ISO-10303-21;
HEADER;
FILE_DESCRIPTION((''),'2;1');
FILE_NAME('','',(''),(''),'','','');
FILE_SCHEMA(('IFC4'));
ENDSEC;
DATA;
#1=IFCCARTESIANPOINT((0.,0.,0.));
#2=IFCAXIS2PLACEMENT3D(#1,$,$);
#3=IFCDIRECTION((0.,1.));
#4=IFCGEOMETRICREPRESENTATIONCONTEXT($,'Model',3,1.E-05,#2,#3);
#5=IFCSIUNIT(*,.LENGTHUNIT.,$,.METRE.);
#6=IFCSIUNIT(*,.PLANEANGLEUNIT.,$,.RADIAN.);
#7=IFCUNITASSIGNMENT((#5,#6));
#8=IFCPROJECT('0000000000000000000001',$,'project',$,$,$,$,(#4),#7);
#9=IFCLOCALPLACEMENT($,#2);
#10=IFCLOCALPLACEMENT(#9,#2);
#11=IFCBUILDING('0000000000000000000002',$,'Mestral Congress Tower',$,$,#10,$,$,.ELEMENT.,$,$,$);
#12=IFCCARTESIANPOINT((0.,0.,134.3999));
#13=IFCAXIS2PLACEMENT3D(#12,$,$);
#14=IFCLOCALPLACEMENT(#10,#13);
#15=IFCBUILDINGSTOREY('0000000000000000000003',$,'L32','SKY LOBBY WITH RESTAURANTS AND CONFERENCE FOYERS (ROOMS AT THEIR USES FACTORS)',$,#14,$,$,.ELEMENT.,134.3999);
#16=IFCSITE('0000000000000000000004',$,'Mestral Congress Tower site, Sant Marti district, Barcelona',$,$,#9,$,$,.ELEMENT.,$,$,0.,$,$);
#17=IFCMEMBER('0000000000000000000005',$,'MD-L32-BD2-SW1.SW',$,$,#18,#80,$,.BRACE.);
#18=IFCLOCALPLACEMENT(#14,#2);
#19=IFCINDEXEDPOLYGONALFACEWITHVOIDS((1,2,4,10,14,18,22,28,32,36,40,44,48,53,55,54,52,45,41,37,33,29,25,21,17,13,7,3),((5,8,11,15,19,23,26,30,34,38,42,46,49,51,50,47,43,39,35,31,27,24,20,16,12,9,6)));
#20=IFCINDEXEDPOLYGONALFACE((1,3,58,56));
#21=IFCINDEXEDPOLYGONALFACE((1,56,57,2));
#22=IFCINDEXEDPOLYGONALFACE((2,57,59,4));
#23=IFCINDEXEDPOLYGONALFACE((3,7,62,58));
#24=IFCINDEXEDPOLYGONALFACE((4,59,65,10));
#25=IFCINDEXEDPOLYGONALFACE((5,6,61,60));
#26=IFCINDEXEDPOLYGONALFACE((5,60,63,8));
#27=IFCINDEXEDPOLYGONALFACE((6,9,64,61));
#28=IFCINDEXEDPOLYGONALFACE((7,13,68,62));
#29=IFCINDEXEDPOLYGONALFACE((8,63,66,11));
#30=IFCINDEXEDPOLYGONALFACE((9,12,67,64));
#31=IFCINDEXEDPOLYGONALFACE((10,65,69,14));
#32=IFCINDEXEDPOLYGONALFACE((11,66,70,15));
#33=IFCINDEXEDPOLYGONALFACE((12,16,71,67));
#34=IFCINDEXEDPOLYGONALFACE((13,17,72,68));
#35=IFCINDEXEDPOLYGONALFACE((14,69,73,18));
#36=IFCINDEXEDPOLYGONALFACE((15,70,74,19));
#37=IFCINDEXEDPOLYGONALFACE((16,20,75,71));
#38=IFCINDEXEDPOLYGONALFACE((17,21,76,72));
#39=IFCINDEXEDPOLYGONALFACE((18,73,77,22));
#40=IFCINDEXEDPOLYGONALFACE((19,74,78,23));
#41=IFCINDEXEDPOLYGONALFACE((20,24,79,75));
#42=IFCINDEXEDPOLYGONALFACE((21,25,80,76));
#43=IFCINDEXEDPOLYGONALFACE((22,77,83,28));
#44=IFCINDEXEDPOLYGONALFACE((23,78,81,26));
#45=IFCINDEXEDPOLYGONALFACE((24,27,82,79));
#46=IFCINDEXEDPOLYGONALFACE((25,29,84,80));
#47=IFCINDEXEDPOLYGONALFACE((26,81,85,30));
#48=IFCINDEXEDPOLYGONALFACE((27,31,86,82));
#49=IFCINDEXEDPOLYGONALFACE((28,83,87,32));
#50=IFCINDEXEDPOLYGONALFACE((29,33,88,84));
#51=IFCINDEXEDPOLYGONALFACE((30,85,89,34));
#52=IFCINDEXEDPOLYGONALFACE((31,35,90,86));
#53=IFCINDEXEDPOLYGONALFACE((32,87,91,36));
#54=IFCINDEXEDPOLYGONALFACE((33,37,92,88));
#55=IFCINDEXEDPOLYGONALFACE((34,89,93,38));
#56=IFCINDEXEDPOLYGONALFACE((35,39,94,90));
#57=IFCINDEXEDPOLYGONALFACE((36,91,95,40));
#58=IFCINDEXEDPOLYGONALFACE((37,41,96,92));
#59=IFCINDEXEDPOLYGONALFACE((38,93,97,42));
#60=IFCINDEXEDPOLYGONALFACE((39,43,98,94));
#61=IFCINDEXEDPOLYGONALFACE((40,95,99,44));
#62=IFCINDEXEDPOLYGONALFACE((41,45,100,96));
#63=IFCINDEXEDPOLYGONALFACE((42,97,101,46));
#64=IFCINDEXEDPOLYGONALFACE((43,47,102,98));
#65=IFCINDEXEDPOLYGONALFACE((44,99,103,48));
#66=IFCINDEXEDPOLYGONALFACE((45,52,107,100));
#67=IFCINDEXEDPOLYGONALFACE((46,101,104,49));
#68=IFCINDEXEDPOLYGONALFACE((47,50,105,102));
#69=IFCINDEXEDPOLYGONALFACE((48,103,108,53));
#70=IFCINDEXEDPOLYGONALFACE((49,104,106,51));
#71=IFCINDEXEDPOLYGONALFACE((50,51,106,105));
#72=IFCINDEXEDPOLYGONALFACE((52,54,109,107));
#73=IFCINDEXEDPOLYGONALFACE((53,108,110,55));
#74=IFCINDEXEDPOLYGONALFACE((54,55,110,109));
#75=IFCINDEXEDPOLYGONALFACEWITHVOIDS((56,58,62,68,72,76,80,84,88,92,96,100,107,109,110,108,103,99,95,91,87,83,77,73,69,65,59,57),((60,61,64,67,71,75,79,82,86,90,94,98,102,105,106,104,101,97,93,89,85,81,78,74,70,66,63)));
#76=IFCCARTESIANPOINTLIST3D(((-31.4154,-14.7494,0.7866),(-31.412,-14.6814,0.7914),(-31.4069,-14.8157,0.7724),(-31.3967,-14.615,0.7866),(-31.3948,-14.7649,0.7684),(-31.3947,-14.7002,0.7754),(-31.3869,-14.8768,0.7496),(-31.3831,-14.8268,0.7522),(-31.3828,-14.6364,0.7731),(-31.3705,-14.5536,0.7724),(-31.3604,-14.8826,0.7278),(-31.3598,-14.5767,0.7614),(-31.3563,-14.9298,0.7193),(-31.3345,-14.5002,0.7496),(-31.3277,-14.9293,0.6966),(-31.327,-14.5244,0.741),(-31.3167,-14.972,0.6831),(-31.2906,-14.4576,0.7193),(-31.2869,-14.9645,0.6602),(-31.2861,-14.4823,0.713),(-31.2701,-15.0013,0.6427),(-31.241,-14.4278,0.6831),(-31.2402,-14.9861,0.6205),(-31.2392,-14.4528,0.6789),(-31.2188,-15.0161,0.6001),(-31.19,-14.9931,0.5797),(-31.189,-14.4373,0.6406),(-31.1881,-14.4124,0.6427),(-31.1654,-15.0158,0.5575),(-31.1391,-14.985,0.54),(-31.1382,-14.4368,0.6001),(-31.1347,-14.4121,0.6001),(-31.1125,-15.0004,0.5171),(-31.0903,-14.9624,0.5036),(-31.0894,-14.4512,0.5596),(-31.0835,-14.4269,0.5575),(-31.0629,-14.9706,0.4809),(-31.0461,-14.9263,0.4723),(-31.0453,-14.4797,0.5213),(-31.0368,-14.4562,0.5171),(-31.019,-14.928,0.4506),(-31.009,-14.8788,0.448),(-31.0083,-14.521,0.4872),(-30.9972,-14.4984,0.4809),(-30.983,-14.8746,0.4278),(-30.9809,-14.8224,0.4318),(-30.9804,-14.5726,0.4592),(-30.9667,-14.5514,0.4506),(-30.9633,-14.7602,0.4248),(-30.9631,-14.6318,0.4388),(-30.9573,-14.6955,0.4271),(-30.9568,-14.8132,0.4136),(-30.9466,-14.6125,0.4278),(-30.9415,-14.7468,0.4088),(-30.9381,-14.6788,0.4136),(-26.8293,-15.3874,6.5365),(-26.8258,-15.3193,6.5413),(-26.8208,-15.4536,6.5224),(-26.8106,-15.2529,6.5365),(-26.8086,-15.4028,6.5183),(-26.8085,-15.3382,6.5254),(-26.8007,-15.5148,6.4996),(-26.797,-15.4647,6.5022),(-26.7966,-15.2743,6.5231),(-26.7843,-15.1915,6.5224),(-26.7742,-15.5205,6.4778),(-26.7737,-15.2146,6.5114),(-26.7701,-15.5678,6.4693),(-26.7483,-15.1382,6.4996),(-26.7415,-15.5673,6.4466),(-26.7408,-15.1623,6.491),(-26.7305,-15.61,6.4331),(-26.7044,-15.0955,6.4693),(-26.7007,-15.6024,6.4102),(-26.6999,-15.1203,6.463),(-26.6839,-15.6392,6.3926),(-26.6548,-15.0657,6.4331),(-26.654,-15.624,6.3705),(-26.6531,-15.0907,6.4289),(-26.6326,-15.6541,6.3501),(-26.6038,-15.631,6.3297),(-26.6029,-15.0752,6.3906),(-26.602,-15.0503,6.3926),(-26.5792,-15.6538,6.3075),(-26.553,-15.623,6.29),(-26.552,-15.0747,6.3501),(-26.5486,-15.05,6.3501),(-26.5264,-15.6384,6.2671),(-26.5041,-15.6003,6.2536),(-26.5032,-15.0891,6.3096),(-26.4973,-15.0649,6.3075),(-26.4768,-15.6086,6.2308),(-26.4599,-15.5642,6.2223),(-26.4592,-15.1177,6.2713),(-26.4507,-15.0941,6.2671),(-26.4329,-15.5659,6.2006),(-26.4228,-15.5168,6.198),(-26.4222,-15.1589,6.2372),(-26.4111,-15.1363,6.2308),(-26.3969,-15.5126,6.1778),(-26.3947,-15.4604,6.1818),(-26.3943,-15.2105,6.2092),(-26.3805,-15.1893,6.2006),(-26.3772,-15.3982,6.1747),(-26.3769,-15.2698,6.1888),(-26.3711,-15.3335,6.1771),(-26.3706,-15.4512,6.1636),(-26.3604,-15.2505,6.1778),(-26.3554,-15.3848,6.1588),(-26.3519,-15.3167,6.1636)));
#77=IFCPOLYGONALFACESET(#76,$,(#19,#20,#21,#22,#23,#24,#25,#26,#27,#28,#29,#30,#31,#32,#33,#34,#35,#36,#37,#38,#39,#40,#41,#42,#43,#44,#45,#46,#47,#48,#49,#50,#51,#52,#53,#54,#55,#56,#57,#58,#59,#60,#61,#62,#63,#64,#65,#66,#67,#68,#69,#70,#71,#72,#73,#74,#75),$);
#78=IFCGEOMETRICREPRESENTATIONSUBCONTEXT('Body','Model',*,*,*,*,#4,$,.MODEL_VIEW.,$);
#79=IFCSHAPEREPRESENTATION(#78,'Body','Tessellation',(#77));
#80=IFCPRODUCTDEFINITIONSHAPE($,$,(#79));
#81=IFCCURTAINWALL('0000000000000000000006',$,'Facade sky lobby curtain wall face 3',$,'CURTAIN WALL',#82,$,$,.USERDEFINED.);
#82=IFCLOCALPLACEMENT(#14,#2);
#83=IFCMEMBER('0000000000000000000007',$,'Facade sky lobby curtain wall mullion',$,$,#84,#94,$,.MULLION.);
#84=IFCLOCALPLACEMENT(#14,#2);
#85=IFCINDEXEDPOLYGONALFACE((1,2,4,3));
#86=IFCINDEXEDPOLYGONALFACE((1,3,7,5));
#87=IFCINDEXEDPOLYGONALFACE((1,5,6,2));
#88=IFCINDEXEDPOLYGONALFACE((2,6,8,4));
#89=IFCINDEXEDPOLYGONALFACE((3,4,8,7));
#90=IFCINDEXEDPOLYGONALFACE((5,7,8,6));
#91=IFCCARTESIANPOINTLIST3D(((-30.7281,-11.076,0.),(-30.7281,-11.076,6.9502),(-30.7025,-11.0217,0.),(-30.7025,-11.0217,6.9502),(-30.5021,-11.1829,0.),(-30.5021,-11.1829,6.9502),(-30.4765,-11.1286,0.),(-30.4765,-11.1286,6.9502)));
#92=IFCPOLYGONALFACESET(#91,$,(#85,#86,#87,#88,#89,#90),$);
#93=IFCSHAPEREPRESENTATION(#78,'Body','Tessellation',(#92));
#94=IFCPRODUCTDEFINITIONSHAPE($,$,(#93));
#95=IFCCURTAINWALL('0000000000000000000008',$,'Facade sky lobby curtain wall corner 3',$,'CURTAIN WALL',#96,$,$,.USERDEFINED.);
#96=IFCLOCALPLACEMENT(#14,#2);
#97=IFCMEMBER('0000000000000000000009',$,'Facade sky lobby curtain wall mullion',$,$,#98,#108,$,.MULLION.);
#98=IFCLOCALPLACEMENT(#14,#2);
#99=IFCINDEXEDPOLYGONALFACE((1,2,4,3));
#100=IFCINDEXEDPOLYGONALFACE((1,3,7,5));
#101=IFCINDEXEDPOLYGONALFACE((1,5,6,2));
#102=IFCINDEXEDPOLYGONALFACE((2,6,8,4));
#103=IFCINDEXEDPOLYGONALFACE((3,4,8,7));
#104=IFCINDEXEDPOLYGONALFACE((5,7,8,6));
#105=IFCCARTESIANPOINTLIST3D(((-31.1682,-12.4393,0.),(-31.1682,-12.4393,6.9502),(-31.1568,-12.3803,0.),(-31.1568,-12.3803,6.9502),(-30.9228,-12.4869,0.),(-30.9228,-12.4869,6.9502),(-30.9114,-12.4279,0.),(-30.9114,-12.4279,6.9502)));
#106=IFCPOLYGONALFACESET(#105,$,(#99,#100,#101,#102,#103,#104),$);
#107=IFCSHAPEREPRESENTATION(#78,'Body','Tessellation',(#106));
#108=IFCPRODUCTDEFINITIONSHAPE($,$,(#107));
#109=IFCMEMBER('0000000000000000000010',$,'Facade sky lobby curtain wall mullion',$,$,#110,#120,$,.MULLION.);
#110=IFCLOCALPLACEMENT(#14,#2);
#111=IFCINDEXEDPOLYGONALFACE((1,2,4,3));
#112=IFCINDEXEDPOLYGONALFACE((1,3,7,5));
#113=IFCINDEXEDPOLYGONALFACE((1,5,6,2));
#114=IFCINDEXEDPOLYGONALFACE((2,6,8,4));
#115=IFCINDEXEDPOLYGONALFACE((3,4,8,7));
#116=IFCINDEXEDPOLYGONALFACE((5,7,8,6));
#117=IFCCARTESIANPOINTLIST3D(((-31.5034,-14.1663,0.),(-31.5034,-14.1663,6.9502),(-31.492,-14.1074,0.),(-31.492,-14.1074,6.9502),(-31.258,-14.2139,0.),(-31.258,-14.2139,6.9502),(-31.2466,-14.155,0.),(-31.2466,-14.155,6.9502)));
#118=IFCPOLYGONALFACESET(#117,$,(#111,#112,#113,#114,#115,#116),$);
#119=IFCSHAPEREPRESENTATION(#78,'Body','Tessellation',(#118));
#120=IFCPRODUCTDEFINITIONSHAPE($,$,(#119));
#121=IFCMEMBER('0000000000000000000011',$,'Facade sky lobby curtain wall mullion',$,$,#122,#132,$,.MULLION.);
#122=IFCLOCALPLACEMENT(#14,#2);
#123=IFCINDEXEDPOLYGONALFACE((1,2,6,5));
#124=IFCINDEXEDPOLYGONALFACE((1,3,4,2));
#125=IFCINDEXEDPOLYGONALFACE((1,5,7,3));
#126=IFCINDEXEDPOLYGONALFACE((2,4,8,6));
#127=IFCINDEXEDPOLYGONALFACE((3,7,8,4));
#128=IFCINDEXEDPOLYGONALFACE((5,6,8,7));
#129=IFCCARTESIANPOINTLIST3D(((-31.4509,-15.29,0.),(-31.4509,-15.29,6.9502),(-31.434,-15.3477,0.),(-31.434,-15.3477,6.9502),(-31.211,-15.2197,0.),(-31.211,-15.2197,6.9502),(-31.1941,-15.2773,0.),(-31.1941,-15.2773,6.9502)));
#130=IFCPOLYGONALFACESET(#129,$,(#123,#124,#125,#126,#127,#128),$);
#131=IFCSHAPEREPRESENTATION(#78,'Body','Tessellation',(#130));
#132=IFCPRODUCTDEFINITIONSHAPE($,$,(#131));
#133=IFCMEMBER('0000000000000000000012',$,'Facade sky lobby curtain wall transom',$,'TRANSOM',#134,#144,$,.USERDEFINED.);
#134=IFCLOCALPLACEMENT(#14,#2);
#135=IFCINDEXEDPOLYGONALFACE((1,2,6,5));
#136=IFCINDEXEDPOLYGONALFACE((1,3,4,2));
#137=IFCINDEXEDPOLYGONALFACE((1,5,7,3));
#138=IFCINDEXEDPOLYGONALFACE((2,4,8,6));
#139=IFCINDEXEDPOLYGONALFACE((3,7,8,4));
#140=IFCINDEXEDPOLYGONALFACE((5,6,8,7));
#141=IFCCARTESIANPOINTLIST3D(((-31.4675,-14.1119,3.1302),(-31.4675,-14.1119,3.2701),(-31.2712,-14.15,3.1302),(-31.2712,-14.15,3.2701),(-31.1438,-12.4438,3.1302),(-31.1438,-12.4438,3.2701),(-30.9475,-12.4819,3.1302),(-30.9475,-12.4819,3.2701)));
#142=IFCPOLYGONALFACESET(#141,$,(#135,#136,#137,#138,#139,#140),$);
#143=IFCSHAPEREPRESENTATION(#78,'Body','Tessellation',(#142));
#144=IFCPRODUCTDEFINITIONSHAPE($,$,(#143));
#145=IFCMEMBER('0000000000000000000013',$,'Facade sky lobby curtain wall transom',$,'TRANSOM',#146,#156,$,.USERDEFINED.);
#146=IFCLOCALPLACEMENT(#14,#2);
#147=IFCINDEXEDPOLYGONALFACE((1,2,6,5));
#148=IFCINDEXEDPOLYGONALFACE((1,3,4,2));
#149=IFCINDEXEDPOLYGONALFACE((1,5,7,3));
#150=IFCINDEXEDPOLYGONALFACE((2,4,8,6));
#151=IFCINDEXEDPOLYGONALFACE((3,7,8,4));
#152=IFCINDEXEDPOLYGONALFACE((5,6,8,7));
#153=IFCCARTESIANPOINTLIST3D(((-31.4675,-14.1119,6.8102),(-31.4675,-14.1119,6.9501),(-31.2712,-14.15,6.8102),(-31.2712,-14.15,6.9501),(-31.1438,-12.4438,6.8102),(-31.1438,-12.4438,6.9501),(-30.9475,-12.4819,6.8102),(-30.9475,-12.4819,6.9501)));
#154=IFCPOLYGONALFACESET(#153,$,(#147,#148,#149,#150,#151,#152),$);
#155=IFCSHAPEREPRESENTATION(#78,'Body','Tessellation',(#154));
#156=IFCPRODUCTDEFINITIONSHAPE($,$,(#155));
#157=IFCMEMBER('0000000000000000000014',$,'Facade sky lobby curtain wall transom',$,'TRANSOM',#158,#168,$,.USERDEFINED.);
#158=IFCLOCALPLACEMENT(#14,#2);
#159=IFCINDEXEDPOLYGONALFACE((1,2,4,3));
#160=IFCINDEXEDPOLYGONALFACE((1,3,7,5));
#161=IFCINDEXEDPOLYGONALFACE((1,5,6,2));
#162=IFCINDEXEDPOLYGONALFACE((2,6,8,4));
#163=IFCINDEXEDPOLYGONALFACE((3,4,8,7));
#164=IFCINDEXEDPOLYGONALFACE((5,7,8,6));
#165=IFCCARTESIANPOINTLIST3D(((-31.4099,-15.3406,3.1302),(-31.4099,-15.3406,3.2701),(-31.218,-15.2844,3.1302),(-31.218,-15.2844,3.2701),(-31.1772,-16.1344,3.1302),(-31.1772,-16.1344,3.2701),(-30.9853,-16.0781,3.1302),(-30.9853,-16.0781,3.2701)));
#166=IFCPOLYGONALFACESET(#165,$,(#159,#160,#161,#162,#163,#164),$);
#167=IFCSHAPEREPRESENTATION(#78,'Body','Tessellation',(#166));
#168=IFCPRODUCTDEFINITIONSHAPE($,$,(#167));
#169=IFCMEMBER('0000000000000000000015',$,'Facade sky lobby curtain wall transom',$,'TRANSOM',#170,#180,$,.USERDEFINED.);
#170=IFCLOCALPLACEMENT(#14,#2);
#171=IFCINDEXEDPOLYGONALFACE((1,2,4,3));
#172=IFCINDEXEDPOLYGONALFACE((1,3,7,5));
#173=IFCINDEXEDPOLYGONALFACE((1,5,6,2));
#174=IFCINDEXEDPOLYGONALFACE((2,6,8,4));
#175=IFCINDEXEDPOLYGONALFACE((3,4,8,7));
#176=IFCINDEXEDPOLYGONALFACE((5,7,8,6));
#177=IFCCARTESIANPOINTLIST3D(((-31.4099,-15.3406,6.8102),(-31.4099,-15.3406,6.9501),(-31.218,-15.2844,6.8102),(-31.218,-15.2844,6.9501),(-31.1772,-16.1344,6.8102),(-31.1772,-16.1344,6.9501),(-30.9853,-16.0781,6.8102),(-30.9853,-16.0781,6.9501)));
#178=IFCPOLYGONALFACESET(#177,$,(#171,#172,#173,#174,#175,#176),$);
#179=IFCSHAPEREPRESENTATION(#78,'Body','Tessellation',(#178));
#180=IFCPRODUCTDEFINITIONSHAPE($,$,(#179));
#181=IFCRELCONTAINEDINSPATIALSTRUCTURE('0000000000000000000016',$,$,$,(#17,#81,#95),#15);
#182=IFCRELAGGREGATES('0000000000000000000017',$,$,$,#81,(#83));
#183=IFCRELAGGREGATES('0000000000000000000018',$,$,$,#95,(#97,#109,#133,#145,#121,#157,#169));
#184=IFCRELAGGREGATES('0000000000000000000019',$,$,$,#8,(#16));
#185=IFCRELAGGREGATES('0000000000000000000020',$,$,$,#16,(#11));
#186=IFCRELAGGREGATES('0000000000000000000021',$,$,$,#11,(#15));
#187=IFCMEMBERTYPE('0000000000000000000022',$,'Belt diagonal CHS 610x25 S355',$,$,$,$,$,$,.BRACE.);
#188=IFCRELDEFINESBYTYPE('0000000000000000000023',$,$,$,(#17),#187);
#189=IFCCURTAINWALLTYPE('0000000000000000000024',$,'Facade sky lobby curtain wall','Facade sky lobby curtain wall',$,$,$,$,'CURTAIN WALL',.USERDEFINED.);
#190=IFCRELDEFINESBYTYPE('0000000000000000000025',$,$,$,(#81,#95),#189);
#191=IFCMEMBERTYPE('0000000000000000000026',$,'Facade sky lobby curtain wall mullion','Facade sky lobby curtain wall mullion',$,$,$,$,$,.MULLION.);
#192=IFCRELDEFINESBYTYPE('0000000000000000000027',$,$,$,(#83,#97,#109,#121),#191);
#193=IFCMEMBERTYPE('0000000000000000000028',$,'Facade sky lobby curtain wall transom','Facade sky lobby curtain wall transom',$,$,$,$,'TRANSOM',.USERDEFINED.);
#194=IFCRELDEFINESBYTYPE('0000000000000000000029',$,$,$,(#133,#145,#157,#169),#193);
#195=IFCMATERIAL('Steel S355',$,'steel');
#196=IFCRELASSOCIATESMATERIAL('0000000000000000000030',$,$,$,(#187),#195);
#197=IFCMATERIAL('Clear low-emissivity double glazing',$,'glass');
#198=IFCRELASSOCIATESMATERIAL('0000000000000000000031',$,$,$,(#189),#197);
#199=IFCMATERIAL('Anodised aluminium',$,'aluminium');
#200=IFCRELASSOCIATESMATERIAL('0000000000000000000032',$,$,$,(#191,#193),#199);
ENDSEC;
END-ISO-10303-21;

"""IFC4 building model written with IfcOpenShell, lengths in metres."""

from ifc_helpers import new_model, si_unit, direction, frame, origin, origin_2d, place, context, subcontext, project, spatial, rectangle, hollow_circle, extrude, material, material_profile, profile_set, type_object, element, aggregate, save


model = new_model("IFC4")

# Units and contexts
model_context = context("Model", 3, precision=1e-05, world=origin(), true_north=direction((0.0, 1.0)))
body_context = subcontext(model_context, "Body", "Model", "MODEL_VIEW")
ifc_project = project(units=[si_unit("LENGTHUNIT", "METRE"), si_unit("PLANEANGLEUNIT", "RADIAN")], contexts=[model_context])

# Site, building, storey
site_placement = place(None, origin())
site = spatial("IfcSite", under=ifc_project, at=site_placement, Name="Mestral Congress Tower site, Sant Marti district, Barcelona", CompositionType="ELEMENT", RefElevation=0.0)
building_placement = place(site_placement, origin())
building = spatial("IfcBuilding", under=site, at=building_placement, Name="Mestral Congress Tower", CompositionType="ELEMENT")
storey_placement = place(building_placement, frame((0.0, 0.0, 134.3999)))
storey = spatial("IfcBuildingStorey", under=building, at=storey_placement, Name="L32", Description="SKY LOBBY WITH RESTAURANTS AND CONFERENCE FOYERS (ROOMS AT THEIR USES FACTORS)", CompositionType="ELEMENT", Elevation=134.3999)

# Member
ifc_material_1 = material(Name="Steel S355", Category="steel")
ifc_material_profile_1 = material_profile(ifc_material_1, hollow_circle(Radius=0.3049, WallThickness=0.0249, at=origin_2d()), Name="CHS 610x25")
ifc_profile_set_1 = profile_set([ifc_material_profile_1], Name="Steel S355")
member_type_1 = type_object("IfcMemberType", Name="Belt diagonal CHS 610x25 S355", PredefinedType="BRACE", material=ifc_profile_set_1)
member_1_placement = place(storey_placement, frame((-31.1768, -14.7141, 0.6001), z_axis=(0.621216, -0.086411, 0.77886), x_axis=(0.137774, 0.990464, 0.0)))
element("IfcMember", 1, at=member_1_placement, inside=storey, type_object=member_type_1, Name="MD-L32-BD2-SW1.SW", PredefinedType="BRACE", context=body_context, shape_type="SweptSolid", body=[
    extrude(hollow_circle(Radius=0.3049, WallThickness=0.0249, at=origin_2d()), origin(), (0.0, 0.0, 1.0), 7.3826),
])

# Curtain wall, member
ifc_material_2 = material(Name="Clear low-emissivity double glazing", Category="glass")
curtain_wall_type = type_object("IfcCurtainWallType", Name="Facade sky lobby curtain wall", Description="Facade sky lobby curtain wall", ElementType="CURTAIN WALL", PredefinedType="USERDEFINED", material=ifc_material_2)
placement = place(storey_placement, origin())
curtain_wall_1 = element("IfcCurtainWall", 2, at=placement, inside=storey, type_object=curtain_wall_type, Name="Facade sky lobby curtain wall face 3", ObjectType="CURTAIN WALL", PredefinedType="USERDEFINED")
ifc_material_3 = material(Name="Anodised aluminium", Category="aluminium")
ifc_material_profile_2 = material_profile(ifc_material_3, rectangle(XDim=0.25, YDim=0.0601, at=origin_2d()), Name="CW1 mullion 250 x 60")
ifc_profile_set_2 = profile_set([ifc_material_profile_2], Name="Anodised aluminium")
member_type_2 = type_object("IfcMemberType", Name="Facade sky lobby curtain wall mullion", Description="Facade sky lobby curtain wall mullion", PredefinedType="MULLION", material=ifc_profile_set_2)
member_2_placement = place(storey_placement, frame((-30.6023, -11.1023, 0.0), z_axis=(0.0, 0.0, 1.0), x_axis=(-0.904006, 0.42752, 0.0)))
member_2 = element("IfcMember", 3, at=member_2_placement, type_object=member_type_2, Name="Facade sky lobby curtain wall mullion", PredefinedType="MULLION", context=body_context, shape_type="SweptSolid", body=[
    extrude(rectangle(XDim=0.25, YDim=0.0601, at=origin_2d()), origin(), (0.0, 0.0, 1.0), 6.9502),
])

# Curtain wall, members
curtain_wall_2 = element("IfcCurtainWall", 4, at=placement, inside=storey, type_object=curtain_wall_type, Name="Facade sky lobby curtain wall corner 3", ObjectType="CURTAIN WALL", PredefinedType="USERDEFINED")
member_3_placement = place(storey_placement, frame((-31.0398, -12.4336, 0.0), z_axis=(0.0, 0.0, 1.0), x_axis=(-0.981692, 0.190477, 0.0)))
member_3 = element("IfcMember", 5, at=member_3_placement, type_object=member_type_2, Name="Facade sky lobby curtain wall mullion", PredefinedType="MULLION", context=body_context, shape_type="SweptSolid", body=[
    extrude(rectangle(XDim=0.25, YDim=0.0601, at=origin_2d()), origin(), (0.0, 0.0, 1.0), 6.9502),
])
member_4_placement = place(storey_placement, frame((-31.375, -14.1606, 0.0), z_axis=(0.0, 0.0, 1.0), x_axis=(-0.981692, 0.190477, 0.0)))
member_4 = element("IfcMember", 6, at=member_4_placement, type_object=member_type_2, Name="Facade sky lobby curtain wall mullion", PredefinedType="MULLION", context=body_context, shape_type="SweptSolid", body=[
    extrude(rectangle(XDim=0.25, YDim=0.0601, at=origin_2d()), origin(), (0.0, 0.0, 1.0), 6.9502),
])
member_5_placement = place(storey_placement, frame((-31.3225, -15.2837, 0.0), z_axis=(0.0, 0.0, 1.0), x_axis=(-0.959609, -0.281337, 0.0)))
member_5 = element("IfcMember", 7, at=member_5_placement, type_object=member_type_2, Name="Facade sky lobby curtain wall mullion", PredefinedType="MULLION", context=body_context, shape_type="SweptSolid", body=[
    extrude(rectangle(XDim=0.25, YDim=0.0601, at=origin_2d()), origin(), (0.0, 0.0, 1.0), 6.9502),
])
ifc_material_profile_3 = material_profile(ifc_material_3, rectangle(XDim=0.2, YDim=0.1399, at=origin_2d()), Name="CW1 transom 200 x 140")
ifc_profile_set_3 = profile_set([ifc_material_profile_3], Name="Anodised aluminium")
member_type_3 = type_object("IfcMemberType", Name="Facade sky lobby curtain wall transom", Description="Facade sky lobby curtain wall transom", ElementType="TRANSOM", PredefinedType="USERDEFINED", material=ifc_profile_set_3)
member_6_placement = place(storey_placement, frame((-31.0457, -12.4629, 3.2002), z_axis=(-0.190504, -0.981686, 0.0), x_axis=(0.981686, -0.190504, 0.0)))
member_6 = element("IfcMember", 8, at=member_6_placement, type_object=member_type_3, Name="Facade sky lobby curtain wall transom", ObjectType="TRANSOM", PredefinedType="USERDEFINED", context=body_context, shape_type="SweptSolid", body=[
    extrude(rectangle(XDim=0.2, YDim=0.1399, at=origin_2d()), origin(), (0.0, 0.0, 1.0), 1.6992),
])
member_7_placement = place(storey_placement, frame((-31.0457, -12.4629, 6.8801), z_axis=(-0.190504, -0.981686, 0.0), x_axis=(0.981686, -0.190504, 0.0)))
member_7 = element("IfcMember", 9, at=member_7_placement, type_object=member_type_3, Name="Facade sky lobby curtain wall transom", ObjectType="TRANSOM", PredefinedType="USERDEFINED", context=body_context, shape_type="SweptSolid", body=[
    extrude(rectangle(XDim=0.2, YDim=0.1399, at=origin_2d()), origin(), (0.0, 0.0, 1.0), 1.6992),
])
member_8_placement = place(storey_placement, frame((-31.314, -15.3125, 3.2002), z_axis=(0.281303, -0.959619, 0.0), x_axis=(0.959619, 0.281303, 0.0)))
member_8 = element("IfcMember", 10, at=member_8_placement, type_object=member_type_3, Name="Facade sky lobby curtain wall transom", ObjectType="TRANSOM", PredefinedType="USERDEFINED", context=body_context, shape_type="SweptSolid", body=[
    extrude(rectangle(XDim=0.2, YDim=0.1399, at=origin_2d()), origin(), (0.0, 0.0, 1.0), 0.8271),
])
member_9_placement = place(storey_placement, frame((-31.314, -15.3125, 6.8801), z_axis=(0.281303, -0.959619, 0.0), x_axis=(0.959619, 0.281303, 0.0)))
member_9 = element("IfcMember", 11, at=member_9_placement, type_object=member_type_3, Name="Facade sky lobby curtain wall transom", ObjectType="TRANSOM", PredefinedType="USERDEFINED", context=body_context, shape_type="SweptSolid", body=[
    extrude(rectangle(XDim=0.2, YDim=0.1399, at=origin_2d()), origin(), (0.0, 0.0, 1.0), 0.8271),
])

aggregate(curtain_wall_1, [member_2])
aggregate(curtain_wall_2, [member_3, member_4, member_6, member_7, member_5, member_8, member_9])

save(model, "model.ifc")
